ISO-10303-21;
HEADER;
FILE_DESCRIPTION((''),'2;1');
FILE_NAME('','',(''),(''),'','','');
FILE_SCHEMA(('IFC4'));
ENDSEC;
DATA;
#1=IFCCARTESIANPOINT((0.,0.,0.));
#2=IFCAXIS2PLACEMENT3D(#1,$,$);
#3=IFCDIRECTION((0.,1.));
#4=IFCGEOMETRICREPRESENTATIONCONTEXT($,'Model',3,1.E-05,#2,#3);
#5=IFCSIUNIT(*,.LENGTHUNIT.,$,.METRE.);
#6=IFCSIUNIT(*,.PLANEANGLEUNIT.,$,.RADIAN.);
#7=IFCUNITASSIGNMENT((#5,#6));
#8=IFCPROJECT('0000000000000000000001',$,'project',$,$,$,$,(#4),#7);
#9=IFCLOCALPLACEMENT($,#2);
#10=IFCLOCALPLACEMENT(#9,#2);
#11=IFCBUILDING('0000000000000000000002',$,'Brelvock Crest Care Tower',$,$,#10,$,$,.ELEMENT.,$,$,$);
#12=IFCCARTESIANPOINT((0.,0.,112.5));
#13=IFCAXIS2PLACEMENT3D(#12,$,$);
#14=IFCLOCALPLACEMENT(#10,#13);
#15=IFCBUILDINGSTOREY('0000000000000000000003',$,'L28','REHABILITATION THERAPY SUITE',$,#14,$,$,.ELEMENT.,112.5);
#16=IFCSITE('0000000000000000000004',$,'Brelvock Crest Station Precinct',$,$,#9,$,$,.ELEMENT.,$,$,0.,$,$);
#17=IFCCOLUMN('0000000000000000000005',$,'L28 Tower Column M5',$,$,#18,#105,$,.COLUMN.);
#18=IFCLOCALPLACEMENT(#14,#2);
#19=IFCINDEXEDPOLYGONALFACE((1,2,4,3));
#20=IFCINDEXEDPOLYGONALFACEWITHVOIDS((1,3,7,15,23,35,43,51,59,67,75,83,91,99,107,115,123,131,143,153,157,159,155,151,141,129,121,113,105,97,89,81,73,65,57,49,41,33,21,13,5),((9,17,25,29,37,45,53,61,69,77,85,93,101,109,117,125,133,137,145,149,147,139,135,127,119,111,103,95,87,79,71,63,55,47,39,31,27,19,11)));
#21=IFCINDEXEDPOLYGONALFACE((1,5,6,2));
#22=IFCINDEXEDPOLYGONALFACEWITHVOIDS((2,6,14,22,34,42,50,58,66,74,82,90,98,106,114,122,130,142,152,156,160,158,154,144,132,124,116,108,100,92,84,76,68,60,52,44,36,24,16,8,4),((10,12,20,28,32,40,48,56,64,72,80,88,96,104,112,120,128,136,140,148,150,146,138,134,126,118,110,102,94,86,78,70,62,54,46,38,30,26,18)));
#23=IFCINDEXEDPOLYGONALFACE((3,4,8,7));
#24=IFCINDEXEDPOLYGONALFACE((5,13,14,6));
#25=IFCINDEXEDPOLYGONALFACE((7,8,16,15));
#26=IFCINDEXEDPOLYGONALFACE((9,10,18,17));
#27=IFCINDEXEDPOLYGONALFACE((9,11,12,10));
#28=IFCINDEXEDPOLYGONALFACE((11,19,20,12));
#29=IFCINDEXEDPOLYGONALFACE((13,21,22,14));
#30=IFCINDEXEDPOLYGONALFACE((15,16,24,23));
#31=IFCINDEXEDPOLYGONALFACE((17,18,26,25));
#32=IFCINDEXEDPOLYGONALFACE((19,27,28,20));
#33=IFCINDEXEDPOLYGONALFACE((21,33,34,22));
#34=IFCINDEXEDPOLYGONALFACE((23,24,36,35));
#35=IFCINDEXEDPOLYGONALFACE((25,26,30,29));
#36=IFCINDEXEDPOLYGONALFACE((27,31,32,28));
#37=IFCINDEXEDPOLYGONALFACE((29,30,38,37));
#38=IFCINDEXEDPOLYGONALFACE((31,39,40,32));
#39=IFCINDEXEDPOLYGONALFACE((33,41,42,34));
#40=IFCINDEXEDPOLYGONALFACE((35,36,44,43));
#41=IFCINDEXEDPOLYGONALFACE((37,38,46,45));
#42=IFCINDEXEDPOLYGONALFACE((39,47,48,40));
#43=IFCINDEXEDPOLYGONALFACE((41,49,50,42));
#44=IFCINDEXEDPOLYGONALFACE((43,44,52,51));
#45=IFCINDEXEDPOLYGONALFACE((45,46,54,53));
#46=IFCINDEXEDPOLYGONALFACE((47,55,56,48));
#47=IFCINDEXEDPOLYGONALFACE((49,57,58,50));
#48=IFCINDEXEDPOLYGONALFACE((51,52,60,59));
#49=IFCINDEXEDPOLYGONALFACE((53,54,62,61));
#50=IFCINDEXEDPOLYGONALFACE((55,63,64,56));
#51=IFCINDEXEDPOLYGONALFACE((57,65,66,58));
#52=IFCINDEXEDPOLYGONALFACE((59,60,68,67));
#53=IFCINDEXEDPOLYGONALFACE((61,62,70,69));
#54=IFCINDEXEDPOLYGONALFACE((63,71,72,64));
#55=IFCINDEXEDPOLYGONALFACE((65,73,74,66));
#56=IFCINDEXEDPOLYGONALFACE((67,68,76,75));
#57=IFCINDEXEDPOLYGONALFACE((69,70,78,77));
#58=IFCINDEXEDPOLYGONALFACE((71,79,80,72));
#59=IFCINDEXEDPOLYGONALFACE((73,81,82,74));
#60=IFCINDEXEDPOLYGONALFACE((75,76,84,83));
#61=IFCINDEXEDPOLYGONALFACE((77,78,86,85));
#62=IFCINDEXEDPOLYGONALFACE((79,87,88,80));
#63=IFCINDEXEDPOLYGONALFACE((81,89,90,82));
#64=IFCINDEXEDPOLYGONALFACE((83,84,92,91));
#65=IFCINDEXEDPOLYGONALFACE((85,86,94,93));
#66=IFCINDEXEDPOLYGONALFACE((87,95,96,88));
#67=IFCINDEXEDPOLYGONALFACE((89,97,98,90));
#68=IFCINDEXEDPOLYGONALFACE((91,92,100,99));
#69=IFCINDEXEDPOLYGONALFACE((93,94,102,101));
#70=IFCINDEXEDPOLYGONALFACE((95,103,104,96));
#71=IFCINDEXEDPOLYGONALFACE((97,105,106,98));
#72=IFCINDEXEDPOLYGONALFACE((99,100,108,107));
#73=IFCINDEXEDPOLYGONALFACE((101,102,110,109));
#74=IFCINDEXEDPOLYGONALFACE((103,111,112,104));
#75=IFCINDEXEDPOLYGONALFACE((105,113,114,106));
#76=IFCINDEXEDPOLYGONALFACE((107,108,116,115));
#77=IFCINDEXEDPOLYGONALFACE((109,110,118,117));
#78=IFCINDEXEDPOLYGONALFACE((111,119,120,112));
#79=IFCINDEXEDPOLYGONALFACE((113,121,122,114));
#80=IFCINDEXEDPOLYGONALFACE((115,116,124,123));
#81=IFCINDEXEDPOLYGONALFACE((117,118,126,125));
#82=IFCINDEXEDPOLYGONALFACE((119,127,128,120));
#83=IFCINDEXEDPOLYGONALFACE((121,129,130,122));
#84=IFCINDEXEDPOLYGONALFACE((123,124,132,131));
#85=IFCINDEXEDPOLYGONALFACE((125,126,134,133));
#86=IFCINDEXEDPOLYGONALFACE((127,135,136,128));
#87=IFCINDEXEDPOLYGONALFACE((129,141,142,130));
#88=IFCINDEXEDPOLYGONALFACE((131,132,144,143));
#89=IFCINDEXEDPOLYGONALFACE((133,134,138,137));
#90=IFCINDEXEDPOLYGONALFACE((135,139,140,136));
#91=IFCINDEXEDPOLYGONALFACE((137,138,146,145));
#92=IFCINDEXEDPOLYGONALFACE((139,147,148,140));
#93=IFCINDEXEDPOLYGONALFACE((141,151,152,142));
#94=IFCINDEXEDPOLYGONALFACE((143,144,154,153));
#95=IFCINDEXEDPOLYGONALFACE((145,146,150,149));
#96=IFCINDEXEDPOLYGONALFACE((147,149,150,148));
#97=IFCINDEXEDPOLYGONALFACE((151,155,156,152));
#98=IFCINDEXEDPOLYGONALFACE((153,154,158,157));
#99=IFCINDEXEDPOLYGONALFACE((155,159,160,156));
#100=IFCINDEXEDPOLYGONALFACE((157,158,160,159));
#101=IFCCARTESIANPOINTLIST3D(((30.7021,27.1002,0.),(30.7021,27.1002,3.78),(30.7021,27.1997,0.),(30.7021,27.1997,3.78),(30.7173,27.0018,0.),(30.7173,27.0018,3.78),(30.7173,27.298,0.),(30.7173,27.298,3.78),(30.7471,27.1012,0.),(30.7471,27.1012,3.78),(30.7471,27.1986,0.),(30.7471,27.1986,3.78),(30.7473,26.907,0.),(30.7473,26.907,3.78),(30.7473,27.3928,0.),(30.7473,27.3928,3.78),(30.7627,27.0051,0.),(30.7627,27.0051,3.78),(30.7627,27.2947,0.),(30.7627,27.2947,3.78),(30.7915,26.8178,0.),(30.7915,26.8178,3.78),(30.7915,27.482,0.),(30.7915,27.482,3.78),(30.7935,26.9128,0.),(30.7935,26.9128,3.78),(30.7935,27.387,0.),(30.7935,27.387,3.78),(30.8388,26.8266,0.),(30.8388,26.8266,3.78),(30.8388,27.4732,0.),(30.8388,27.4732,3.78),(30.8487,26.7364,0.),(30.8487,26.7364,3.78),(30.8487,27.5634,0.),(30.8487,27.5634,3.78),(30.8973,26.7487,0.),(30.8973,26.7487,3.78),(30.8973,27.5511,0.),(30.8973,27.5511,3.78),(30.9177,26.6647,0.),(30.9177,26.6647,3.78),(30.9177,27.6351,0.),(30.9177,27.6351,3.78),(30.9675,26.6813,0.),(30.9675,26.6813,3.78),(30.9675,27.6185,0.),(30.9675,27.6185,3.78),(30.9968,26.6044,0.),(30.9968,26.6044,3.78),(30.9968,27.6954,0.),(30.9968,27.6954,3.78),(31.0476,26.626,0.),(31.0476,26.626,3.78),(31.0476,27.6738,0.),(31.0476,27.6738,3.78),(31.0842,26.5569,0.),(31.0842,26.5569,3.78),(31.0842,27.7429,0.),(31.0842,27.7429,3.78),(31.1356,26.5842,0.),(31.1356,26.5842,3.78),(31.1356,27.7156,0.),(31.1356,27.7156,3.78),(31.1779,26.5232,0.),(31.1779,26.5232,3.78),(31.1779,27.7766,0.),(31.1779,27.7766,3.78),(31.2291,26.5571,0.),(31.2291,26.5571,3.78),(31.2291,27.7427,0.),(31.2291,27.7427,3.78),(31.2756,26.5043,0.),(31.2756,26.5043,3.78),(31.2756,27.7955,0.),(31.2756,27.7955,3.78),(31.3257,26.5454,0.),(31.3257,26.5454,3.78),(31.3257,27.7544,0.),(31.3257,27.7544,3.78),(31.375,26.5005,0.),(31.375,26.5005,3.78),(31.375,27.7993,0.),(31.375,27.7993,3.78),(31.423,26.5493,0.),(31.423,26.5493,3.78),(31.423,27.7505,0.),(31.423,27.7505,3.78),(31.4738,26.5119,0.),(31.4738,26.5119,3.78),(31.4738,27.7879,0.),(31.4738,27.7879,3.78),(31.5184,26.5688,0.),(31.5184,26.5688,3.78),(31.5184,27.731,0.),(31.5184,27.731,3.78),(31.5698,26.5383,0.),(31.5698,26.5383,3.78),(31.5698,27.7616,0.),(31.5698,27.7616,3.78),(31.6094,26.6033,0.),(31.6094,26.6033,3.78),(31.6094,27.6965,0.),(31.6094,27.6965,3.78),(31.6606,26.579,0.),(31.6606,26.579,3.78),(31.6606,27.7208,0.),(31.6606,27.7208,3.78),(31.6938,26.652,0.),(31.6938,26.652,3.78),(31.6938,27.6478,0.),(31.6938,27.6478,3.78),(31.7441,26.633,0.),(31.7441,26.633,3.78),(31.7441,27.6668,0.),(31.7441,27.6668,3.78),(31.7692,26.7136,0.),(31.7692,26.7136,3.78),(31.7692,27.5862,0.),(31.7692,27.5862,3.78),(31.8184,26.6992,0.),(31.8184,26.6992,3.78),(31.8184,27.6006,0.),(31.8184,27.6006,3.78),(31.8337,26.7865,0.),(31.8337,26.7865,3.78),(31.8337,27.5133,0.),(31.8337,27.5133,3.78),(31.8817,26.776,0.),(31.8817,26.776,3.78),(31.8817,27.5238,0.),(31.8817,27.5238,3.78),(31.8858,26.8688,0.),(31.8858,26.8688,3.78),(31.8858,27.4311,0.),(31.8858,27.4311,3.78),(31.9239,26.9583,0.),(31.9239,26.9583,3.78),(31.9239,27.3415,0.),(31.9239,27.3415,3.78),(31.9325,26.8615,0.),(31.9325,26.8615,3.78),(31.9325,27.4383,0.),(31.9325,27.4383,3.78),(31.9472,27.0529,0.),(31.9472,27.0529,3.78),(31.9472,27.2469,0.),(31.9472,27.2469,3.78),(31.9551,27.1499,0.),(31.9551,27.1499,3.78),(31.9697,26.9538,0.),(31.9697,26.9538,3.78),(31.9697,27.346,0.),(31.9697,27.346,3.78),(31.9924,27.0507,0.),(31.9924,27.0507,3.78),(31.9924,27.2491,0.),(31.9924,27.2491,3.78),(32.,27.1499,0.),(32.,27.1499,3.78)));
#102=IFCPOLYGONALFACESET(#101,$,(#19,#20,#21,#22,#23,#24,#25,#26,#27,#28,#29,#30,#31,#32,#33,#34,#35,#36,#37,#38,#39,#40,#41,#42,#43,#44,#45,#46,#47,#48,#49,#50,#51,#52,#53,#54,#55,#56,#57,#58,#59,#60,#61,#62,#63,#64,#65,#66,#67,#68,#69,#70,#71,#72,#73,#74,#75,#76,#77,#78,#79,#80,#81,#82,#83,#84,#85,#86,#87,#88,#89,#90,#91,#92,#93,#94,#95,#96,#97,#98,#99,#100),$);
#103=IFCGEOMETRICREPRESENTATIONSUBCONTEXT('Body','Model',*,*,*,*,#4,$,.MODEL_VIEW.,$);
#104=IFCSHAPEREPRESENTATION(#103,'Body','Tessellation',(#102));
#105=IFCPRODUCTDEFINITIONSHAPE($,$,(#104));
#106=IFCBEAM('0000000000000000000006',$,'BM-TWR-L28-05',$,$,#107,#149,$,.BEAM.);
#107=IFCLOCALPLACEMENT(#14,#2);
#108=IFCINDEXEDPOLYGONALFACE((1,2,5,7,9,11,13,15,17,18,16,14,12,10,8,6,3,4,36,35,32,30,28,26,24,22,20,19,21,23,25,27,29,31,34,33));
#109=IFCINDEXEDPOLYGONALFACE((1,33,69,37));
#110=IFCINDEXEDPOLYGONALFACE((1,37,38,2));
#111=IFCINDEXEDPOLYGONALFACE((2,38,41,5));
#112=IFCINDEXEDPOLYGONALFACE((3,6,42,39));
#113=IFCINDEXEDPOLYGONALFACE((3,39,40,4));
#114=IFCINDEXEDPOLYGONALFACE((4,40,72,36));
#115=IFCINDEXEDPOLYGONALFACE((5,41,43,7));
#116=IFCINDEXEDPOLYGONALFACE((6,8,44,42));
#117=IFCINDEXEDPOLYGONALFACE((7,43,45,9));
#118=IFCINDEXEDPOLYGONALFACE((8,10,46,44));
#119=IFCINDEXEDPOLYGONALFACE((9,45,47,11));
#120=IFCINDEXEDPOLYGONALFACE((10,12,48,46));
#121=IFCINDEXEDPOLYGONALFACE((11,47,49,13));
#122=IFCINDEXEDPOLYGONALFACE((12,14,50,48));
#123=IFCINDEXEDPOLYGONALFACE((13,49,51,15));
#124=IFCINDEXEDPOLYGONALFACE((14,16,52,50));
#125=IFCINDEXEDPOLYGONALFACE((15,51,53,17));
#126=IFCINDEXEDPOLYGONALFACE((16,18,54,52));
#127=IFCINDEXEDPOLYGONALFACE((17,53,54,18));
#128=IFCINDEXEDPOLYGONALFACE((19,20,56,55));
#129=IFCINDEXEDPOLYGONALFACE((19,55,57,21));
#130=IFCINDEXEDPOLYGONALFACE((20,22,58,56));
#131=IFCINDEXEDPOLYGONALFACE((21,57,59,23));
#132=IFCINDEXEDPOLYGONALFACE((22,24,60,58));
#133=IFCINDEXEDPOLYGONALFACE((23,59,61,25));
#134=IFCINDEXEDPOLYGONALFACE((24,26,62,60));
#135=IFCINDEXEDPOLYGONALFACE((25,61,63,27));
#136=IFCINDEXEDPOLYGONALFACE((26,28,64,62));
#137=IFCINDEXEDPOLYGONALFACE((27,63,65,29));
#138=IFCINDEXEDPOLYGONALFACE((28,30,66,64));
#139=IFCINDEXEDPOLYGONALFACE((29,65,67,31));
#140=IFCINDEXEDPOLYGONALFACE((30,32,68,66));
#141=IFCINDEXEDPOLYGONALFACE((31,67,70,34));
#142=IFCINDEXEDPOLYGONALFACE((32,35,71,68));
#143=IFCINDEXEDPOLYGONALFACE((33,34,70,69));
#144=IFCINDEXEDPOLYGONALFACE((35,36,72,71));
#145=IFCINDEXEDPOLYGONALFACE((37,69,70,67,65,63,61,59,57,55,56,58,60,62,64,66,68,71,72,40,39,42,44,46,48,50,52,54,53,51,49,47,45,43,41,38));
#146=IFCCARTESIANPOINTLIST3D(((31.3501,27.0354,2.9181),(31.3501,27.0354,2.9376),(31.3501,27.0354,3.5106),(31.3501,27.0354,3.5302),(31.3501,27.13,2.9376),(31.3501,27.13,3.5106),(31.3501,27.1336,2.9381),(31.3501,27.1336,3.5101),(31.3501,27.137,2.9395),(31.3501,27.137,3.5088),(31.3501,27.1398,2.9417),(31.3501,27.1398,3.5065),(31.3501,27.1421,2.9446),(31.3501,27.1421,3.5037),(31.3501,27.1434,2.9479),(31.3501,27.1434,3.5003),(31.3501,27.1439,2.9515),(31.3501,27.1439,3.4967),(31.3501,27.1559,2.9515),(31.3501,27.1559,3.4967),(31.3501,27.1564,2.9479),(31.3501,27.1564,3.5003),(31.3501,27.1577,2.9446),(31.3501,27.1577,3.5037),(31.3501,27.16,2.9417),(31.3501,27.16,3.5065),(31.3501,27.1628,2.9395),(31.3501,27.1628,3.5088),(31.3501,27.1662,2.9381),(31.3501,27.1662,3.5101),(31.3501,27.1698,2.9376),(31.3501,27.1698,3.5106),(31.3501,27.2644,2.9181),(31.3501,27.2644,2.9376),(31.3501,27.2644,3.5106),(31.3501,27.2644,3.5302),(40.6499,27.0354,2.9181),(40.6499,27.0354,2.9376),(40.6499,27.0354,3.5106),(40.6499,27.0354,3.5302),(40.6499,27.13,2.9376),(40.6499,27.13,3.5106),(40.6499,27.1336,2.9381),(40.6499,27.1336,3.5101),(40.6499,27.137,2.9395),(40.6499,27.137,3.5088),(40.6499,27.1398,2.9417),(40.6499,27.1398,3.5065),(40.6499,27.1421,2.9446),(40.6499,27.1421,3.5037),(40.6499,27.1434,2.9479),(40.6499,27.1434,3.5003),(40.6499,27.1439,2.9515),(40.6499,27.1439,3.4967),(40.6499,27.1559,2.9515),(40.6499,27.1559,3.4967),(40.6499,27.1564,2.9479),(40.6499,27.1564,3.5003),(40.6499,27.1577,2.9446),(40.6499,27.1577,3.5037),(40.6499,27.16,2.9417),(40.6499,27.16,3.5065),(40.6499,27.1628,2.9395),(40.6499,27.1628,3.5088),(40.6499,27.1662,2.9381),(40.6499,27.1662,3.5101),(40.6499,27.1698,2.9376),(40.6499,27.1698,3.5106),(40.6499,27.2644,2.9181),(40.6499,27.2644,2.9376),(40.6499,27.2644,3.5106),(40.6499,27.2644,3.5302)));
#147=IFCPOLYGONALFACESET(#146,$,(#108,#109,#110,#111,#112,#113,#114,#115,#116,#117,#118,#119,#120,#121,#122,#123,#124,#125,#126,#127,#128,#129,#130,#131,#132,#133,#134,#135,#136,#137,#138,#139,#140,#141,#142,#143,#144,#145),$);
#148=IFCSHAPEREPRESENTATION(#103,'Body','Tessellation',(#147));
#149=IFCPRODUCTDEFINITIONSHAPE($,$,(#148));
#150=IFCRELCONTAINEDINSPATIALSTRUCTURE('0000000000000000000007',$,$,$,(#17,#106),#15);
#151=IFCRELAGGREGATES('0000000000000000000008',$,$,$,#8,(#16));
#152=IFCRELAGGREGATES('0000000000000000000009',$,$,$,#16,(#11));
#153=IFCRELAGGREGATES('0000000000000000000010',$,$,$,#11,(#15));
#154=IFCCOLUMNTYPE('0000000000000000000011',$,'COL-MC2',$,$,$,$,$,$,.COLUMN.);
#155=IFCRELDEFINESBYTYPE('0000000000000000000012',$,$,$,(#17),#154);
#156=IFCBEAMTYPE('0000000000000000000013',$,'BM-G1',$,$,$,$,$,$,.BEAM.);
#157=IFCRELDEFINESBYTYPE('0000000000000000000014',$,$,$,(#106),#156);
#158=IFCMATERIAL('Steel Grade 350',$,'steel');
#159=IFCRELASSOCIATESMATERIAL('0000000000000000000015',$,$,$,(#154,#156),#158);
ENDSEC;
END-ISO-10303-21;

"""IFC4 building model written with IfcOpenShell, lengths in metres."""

from ifc_helpers import new_model, si_unit, direction, frame, origin, origin_2d, place, context, subcontext, project, spatial, hollow_circle, i_section, extrude, source, transform, mapped, material, material_profile, profile_set, type_object, element, save


model = new_model("IFC4")

# Units and contexts
model_context = context("Model", 3, precision=1e-05, world=origin(), true_north=direction((0.0, 1.0)))
body_context = subcontext(model_context, "Body", "Model", "MODEL_VIEW")
ifc_project = project(units=[si_unit("LENGTHUNIT", "METRE"), si_unit("PLANEANGLEUNIT", "RADIAN")], contexts=[model_context])

# Site, building, storey
site_placement = place(None, origin())
site = spatial("IfcSite", under=ifc_project, at=site_placement, Name="Brelvock Crest Station Precinct", CompositionType="ELEMENT", RefElevation=0.0)
building_placement = place(site_placement, origin())
building = spatial("IfcBuilding", under=site, at=building_placement, Name="Brelvock Crest Care Tower", CompositionType="ELEMENT")
storey_placement = place(building_placement, frame((0.0, 0.0, 112.5)))
storey = spatial("IfcBuildingStorey", under=building, at=storey_placement, Name="L28", Description="REHABILITATION THERAPY SUITE", CompositionType="ELEMENT", Elevation=112.5)

# Column
ifc_material_1 = material(Name="Steel Grade 350", Category="steel")
ifc_material_profile_1 = material_profile(ifc_material_1, hollow_circle(Radius=0.6499, WallThickness=0.0449, at=origin_2d()), Name="CFT1300x45")
ifc_profile_set_1 = profile_set([ifc_material_profile_1], Name="Steel Grade 350")
column_type = type_object("IfcColumnType", Name="COL-MC2", PredefinedType="COLUMN", material=ifc_profile_set_1)
shared_shape_1 = source(origin(), body_context, "Body", "SweptSolid", [
    extrude(hollow_circle(Radius=0.6499, WallThickness=0.0449, at=origin_2d()), origin(), (0.0, 0.0, 1.0), 3.78),
])
column_placement = place(storey_placement, frame((31.3501, 27.1499, 0.0), z_axis=(0.0, 0.0, 1.0), x_axis=(1.0, 0.0, 0.0)))
element("IfcColumn", 1, at=column_placement, inside=storey, type_object=column_type, Name="L28 Tower Column M5", PredefinedType="COLUMN", context=body_context, shape_type="MappedRepresentation", body=[
    mapped(shared_shape_1, transform((0.0, 0.0, 0.0), x_axis=(1.0, 0.0, 0.0), y_axis=(0.0, 1.0, 0.0), z_axis=(0.0, 0.0, 1.0), scale=1.0)),
])

# Beam
ifc_material_profile_2 = material_profile(ifc_material_1, i_section(OverallWidth=0.229, OverallDepth=0.6121, WebThickness=0.012, FlangeThickness=0.0195, FilletRadius=0.0139, at=origin_2d()), Name="610UB125")
ifc_profile_set_2 = profile_set([ifc_material_profile_2], Name="Steel Grade 350")
beam_type_1 = type_object("IfcBeamType", Name="BM-G1", PredefinedType="BEAM", material=ifc_profile_set_2)
shared_shape_2 = source(origin(), body_context, "Body", "SweptSolid", [
    extrude(i_section(OverallWidth=0.229, OverallDepth=0.6121, WebThickness=0.012, FlangeThickness=0.0195, FilletRadius=0.0139, at=origin_2d()), origin(), (0.0, 0.0, 1.0), 9.2998),
])
beam_1_placement = place(storey_placement, frame((31.3501, 27.1499, 3.2241), z_axis=(1.0, 0.0, 0.0), x_axis=(0.0, 1.0, 0.0)))
element("IfcBeam", 2, at=beam_1_placement, inside=storey, type_object=beam_type_1, Name="BM-TWR-L28-05", PredefinedType="BEAM", context=body_context, shape_type="MappedRepresentation", body=[
    mapped(shared_shape_2, transform((0.0, 0.0, 0.0), x_axis=(1.0, 0.0, 0.0), y_axis=(0.0, 1.0, 0.0), z_axis=(0.0, 0.0, 1.0), scale=1.0)),
])

save(model, "model.ifc")
